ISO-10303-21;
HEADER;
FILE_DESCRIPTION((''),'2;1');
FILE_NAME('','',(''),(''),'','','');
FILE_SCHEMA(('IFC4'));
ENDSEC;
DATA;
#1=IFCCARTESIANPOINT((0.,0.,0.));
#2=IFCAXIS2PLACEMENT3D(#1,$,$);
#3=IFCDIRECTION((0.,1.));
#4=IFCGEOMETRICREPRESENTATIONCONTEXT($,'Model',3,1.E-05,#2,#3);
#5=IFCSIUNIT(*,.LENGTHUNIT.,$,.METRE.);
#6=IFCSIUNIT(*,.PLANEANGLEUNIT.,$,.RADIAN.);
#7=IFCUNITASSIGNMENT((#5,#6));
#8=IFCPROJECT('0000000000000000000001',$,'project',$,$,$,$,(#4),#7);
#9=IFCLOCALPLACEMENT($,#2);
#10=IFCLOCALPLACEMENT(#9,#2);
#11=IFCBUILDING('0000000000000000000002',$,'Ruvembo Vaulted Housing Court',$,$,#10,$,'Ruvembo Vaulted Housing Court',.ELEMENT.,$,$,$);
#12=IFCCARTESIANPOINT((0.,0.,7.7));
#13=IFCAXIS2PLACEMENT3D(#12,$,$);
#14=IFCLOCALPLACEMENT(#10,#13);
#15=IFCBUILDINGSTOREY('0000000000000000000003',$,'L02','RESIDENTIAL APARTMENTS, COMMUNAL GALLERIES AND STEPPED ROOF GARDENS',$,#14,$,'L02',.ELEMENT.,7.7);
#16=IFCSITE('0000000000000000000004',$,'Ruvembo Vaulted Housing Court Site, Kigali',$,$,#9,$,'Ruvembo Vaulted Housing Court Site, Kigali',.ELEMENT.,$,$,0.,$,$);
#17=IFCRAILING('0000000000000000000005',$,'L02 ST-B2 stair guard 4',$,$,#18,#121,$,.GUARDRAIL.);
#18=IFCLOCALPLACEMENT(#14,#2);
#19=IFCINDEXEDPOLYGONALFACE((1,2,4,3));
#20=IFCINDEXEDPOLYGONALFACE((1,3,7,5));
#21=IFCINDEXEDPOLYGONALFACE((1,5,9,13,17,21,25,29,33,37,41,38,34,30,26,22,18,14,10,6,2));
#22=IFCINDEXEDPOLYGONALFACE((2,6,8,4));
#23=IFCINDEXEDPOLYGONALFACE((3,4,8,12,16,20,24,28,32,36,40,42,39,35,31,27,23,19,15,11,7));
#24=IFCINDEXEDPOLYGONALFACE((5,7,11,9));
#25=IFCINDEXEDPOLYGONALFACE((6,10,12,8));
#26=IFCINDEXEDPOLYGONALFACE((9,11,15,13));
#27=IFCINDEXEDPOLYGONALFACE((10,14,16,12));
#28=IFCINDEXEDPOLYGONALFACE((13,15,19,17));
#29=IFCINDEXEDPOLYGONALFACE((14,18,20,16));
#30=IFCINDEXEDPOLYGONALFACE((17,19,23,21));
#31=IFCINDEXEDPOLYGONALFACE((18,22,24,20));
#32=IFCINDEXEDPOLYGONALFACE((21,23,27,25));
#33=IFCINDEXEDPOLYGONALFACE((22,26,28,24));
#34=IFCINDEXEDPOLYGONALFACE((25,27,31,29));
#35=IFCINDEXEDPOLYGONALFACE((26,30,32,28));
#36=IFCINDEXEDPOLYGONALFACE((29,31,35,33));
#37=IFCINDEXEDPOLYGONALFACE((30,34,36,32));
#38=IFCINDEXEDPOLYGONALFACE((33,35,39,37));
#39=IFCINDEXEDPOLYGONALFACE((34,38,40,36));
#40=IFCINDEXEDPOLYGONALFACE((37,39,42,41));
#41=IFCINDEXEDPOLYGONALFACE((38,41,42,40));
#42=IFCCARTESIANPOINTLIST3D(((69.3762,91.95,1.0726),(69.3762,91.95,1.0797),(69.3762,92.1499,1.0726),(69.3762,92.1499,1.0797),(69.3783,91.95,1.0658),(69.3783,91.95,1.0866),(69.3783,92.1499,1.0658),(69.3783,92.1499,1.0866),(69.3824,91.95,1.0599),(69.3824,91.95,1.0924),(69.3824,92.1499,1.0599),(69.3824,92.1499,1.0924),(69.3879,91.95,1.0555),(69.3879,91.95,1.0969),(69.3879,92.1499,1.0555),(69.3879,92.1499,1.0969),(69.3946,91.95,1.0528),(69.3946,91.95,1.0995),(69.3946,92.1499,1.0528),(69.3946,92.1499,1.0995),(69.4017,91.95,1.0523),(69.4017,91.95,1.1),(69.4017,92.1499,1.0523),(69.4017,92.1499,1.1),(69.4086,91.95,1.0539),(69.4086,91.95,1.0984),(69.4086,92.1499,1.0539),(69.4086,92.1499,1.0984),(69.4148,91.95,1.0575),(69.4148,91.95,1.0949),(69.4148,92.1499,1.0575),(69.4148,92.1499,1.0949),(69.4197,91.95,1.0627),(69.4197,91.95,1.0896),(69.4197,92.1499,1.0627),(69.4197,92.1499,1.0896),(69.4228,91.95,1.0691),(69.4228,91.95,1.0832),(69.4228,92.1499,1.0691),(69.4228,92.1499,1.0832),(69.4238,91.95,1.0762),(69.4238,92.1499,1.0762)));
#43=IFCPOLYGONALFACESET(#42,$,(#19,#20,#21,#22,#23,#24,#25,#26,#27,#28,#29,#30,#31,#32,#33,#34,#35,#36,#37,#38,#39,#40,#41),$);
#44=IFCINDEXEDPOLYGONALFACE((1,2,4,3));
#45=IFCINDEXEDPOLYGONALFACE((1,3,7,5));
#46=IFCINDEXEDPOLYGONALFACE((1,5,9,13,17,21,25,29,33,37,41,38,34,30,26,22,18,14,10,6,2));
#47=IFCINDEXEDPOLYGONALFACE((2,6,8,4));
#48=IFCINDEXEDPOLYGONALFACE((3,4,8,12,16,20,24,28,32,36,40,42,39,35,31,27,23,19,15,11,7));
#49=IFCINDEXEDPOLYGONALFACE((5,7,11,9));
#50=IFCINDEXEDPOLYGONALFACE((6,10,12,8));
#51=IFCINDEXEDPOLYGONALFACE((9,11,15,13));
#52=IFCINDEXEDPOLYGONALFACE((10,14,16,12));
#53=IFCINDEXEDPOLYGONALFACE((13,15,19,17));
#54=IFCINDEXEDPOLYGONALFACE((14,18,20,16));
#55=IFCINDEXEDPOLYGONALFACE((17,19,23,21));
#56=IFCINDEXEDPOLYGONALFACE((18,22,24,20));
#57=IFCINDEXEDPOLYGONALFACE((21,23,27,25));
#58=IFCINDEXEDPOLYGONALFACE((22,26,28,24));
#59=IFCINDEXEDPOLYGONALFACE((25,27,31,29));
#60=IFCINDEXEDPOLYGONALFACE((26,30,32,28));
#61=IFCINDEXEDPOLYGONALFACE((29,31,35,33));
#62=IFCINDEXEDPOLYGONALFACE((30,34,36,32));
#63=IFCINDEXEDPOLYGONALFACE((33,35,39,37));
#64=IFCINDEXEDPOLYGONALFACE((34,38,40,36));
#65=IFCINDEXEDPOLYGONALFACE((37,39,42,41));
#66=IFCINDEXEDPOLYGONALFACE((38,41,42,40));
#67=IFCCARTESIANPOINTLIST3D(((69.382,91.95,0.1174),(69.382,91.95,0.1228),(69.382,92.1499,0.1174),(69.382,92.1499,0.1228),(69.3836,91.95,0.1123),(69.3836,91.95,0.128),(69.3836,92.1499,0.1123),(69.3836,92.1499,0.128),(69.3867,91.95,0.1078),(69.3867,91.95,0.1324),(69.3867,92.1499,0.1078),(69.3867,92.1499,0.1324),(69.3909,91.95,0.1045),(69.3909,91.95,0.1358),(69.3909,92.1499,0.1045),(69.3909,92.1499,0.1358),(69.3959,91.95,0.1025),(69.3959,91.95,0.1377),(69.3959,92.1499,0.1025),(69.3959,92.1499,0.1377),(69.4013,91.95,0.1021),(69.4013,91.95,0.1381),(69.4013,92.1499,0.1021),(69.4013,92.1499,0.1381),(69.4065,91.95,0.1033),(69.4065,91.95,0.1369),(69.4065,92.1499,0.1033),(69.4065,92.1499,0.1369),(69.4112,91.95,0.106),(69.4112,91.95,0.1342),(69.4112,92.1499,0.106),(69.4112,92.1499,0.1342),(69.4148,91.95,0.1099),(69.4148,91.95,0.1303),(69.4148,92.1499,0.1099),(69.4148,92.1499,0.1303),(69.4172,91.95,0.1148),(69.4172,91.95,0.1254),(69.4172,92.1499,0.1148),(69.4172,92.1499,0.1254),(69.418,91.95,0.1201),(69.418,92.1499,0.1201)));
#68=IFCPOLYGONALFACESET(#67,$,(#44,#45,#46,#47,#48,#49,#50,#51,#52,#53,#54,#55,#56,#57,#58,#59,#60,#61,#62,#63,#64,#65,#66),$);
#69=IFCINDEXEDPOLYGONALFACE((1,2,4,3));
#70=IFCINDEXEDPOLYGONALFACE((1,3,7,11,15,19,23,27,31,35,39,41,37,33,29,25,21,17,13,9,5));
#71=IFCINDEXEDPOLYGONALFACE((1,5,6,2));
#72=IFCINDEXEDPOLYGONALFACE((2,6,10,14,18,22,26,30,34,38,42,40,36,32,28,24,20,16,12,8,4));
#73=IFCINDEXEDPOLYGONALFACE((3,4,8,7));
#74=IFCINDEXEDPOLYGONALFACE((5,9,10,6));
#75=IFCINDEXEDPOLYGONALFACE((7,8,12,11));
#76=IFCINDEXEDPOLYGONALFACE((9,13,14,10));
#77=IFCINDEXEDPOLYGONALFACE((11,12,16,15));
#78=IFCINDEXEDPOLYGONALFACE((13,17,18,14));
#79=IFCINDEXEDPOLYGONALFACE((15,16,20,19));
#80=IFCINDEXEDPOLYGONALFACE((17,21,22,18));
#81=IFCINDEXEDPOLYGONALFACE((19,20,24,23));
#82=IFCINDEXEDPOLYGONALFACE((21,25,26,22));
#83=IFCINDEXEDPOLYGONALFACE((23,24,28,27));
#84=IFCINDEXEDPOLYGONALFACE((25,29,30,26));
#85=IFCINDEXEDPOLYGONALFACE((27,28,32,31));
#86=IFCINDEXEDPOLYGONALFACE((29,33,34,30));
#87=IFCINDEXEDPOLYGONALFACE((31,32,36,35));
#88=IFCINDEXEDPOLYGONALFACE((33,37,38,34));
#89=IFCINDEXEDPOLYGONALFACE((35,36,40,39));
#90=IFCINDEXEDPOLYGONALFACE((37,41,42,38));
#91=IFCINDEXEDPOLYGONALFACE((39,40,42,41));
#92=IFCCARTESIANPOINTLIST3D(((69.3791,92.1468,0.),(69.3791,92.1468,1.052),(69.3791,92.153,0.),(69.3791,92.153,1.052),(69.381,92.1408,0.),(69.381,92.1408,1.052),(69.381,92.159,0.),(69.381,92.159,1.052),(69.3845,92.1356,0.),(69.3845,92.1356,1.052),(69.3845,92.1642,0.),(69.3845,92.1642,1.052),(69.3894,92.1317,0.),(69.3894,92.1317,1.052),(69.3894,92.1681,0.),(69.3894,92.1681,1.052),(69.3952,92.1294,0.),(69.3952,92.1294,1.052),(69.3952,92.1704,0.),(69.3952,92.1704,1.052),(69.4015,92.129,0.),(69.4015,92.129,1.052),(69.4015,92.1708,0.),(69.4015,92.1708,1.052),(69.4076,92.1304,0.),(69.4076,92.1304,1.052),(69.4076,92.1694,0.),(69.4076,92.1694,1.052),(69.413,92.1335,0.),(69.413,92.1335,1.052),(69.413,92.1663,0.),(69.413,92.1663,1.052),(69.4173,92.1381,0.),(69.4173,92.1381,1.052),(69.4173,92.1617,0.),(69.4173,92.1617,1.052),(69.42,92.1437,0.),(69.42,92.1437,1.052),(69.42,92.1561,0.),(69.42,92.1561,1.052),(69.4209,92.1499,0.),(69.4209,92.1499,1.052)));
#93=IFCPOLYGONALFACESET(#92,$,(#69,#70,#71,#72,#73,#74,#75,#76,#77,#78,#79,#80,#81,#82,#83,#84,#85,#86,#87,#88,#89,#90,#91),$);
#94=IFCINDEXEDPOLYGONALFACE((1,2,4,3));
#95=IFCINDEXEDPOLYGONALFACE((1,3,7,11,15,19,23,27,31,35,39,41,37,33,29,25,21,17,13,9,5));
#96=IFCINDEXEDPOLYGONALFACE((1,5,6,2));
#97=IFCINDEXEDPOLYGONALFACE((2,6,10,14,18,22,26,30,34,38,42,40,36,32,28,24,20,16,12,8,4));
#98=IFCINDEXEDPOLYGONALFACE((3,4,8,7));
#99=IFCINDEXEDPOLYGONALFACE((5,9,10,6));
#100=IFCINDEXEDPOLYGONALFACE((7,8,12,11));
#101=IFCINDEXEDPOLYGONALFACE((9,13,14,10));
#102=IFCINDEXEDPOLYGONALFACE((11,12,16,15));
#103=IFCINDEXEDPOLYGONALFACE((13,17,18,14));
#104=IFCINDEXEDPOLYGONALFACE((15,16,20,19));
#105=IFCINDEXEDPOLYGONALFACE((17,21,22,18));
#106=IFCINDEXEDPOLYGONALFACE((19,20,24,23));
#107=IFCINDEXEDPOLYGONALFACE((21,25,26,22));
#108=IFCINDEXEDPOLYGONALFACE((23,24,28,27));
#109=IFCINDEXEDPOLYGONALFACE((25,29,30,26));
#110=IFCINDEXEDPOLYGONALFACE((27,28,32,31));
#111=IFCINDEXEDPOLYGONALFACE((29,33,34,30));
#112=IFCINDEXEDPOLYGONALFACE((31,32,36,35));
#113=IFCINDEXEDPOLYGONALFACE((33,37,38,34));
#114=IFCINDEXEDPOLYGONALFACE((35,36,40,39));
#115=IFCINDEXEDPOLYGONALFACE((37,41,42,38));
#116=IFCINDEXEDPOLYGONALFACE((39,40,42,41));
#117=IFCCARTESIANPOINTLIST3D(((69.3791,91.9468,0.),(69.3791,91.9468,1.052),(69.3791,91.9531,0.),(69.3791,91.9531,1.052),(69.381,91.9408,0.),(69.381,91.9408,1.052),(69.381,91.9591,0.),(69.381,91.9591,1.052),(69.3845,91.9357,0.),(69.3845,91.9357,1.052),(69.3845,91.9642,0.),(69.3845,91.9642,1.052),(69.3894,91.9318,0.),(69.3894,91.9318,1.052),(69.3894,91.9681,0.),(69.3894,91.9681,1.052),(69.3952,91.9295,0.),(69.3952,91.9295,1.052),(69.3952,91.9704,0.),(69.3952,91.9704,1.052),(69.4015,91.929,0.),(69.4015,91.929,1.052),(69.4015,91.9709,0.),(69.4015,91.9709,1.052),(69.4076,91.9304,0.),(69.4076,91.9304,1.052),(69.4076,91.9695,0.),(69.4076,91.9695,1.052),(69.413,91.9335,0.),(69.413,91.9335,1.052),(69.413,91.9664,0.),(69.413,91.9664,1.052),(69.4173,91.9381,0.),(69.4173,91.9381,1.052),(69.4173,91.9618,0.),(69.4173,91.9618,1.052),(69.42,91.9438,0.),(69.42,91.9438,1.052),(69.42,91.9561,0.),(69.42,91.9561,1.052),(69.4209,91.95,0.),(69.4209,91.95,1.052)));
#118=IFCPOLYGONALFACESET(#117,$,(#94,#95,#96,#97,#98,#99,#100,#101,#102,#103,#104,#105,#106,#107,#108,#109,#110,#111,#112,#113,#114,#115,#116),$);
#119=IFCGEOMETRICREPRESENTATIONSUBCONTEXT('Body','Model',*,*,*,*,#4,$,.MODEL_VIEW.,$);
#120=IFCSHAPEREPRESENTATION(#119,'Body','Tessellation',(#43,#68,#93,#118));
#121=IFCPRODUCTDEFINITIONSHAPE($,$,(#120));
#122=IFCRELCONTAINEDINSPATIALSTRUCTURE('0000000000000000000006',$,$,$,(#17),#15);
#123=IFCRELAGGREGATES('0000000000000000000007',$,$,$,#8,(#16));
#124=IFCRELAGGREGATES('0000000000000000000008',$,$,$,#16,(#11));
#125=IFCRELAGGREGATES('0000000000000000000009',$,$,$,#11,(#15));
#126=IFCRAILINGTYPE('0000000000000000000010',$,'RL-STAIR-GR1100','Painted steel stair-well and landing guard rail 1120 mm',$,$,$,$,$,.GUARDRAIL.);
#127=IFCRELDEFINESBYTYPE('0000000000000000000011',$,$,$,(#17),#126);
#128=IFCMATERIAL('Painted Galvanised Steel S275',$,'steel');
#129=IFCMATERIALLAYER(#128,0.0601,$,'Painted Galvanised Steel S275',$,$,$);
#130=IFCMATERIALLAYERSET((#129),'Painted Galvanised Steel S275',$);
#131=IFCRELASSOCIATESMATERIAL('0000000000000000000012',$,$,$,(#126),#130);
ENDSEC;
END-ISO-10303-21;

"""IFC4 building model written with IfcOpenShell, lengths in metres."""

from ifc_helpers import new_model, si_unit, direction, frame, origin, origin_2d, place, context, subcontext, project, spatial, circle, extrude, material, layer, layer_set, type_object, element, save


model = new_model("IFC4")

# Units and contexts
model_context = context("Model", 3, precision=1e-05, world=origin(), true_north=direction((0.0, 1.0)))
body_context = subcontext(model_context, "Body", "Model", "MODEL_VIEW")
ifc_project = project(units=[si_unit("LENGTHUNIT", "METRE"), si_unit("PLANEANGLEUNIT", "RADIAN")], contexts=[model_context])

# Site, building, storey
site_placement = place(None, origin())
site = spatial("IfcSite", under=ifc_project, at=site_placement, Name="Ruvembo Vaulted Housing Court Site, Kigali", LongName="Ruvembo Vaulted Housing Court Site, Kigali", CompositionType="ELEMENT", RefElevation=0.0)
building_placement = place(site_placement, origin())
building = spatial("IfcBuilding", under=site, at=building_placement, Name="Ruvembo Vaulted Housing Court", LongName="Ruvembo Vaulted Housing Court", CompositionType="ELEMENT")
storey_placement = place(building_placement, frame((0.0, 0.0, 7.7)))
storey = spatial("IfcBuildingStorey", under=building, at=storey_placement, Name="L02", Description="RESIDENTIAL APARTMENTS, COMMUNAL GALLERIES AND STEPPED ROOF GARDENS", LongName="L02", CompositionType="ELEMENT", Elevation=7.7)

# Railing
ifc_material_1 = material(Name="Painted Galvanised Steel S275", Category="steel")
ifc_layer_1 = layer(ifc_material_1, 0.0601, Name="Painted Galvanised Steel S275")
ifc_layer_set_1 = layer_set([ifc_layer_1], Name="Painted Galvanised Steel S275")
railing_type_1 = type_object("IfcRailingType", Name="RL-STAIR-GR1100", Description="Painted steel stair-well and landing guard rail 1120 mm", PredefinedType="GUARDRAIL", material=ifc_layer_set_1)
railing_1_placement = place(storey_placement, frame((69.3999, 92.1499, 0.0)))
element("IfcRailing", 1, at=railing_1_placement, inside=storey, type_object=railing_type_1, Name="L02 ST-B2 stair guard 4", PredefinedType="GUARDRAIL", context=body_context, shape_type="SweptSolid", body=[
    extrude(circle(Radius=0.0239, at=origin_2d()), frame((0.0, 0.0, 1.0762), z_axis=(0.0, -1.0, 0.0), x_axis=(1.0, 0.0, 0.0)), (0.0, 0.0, 1.0), 0.2),
    extrude(circle(Radius=0.0181, at=origin_2d()), frame((0.0, 0.0, 0.1201), z_axis=(0.0, -1.0, 0.0), x_axis=(1.0, 0.0, 0.0)), (0.0, 0.0, 1.0), 0.2),
    extrude(circle(Radius=0.021, at=origin_2d()), origin(), (0.0, 0.0, 1.0), 1.052),
    extrude(circle(Radius=0.021, at=origin_2d()), frame((0.0, -0.2, 0.0)), (0.0, 0.0, 1.0), 1.052),
])

save(model, "model.ifc")
